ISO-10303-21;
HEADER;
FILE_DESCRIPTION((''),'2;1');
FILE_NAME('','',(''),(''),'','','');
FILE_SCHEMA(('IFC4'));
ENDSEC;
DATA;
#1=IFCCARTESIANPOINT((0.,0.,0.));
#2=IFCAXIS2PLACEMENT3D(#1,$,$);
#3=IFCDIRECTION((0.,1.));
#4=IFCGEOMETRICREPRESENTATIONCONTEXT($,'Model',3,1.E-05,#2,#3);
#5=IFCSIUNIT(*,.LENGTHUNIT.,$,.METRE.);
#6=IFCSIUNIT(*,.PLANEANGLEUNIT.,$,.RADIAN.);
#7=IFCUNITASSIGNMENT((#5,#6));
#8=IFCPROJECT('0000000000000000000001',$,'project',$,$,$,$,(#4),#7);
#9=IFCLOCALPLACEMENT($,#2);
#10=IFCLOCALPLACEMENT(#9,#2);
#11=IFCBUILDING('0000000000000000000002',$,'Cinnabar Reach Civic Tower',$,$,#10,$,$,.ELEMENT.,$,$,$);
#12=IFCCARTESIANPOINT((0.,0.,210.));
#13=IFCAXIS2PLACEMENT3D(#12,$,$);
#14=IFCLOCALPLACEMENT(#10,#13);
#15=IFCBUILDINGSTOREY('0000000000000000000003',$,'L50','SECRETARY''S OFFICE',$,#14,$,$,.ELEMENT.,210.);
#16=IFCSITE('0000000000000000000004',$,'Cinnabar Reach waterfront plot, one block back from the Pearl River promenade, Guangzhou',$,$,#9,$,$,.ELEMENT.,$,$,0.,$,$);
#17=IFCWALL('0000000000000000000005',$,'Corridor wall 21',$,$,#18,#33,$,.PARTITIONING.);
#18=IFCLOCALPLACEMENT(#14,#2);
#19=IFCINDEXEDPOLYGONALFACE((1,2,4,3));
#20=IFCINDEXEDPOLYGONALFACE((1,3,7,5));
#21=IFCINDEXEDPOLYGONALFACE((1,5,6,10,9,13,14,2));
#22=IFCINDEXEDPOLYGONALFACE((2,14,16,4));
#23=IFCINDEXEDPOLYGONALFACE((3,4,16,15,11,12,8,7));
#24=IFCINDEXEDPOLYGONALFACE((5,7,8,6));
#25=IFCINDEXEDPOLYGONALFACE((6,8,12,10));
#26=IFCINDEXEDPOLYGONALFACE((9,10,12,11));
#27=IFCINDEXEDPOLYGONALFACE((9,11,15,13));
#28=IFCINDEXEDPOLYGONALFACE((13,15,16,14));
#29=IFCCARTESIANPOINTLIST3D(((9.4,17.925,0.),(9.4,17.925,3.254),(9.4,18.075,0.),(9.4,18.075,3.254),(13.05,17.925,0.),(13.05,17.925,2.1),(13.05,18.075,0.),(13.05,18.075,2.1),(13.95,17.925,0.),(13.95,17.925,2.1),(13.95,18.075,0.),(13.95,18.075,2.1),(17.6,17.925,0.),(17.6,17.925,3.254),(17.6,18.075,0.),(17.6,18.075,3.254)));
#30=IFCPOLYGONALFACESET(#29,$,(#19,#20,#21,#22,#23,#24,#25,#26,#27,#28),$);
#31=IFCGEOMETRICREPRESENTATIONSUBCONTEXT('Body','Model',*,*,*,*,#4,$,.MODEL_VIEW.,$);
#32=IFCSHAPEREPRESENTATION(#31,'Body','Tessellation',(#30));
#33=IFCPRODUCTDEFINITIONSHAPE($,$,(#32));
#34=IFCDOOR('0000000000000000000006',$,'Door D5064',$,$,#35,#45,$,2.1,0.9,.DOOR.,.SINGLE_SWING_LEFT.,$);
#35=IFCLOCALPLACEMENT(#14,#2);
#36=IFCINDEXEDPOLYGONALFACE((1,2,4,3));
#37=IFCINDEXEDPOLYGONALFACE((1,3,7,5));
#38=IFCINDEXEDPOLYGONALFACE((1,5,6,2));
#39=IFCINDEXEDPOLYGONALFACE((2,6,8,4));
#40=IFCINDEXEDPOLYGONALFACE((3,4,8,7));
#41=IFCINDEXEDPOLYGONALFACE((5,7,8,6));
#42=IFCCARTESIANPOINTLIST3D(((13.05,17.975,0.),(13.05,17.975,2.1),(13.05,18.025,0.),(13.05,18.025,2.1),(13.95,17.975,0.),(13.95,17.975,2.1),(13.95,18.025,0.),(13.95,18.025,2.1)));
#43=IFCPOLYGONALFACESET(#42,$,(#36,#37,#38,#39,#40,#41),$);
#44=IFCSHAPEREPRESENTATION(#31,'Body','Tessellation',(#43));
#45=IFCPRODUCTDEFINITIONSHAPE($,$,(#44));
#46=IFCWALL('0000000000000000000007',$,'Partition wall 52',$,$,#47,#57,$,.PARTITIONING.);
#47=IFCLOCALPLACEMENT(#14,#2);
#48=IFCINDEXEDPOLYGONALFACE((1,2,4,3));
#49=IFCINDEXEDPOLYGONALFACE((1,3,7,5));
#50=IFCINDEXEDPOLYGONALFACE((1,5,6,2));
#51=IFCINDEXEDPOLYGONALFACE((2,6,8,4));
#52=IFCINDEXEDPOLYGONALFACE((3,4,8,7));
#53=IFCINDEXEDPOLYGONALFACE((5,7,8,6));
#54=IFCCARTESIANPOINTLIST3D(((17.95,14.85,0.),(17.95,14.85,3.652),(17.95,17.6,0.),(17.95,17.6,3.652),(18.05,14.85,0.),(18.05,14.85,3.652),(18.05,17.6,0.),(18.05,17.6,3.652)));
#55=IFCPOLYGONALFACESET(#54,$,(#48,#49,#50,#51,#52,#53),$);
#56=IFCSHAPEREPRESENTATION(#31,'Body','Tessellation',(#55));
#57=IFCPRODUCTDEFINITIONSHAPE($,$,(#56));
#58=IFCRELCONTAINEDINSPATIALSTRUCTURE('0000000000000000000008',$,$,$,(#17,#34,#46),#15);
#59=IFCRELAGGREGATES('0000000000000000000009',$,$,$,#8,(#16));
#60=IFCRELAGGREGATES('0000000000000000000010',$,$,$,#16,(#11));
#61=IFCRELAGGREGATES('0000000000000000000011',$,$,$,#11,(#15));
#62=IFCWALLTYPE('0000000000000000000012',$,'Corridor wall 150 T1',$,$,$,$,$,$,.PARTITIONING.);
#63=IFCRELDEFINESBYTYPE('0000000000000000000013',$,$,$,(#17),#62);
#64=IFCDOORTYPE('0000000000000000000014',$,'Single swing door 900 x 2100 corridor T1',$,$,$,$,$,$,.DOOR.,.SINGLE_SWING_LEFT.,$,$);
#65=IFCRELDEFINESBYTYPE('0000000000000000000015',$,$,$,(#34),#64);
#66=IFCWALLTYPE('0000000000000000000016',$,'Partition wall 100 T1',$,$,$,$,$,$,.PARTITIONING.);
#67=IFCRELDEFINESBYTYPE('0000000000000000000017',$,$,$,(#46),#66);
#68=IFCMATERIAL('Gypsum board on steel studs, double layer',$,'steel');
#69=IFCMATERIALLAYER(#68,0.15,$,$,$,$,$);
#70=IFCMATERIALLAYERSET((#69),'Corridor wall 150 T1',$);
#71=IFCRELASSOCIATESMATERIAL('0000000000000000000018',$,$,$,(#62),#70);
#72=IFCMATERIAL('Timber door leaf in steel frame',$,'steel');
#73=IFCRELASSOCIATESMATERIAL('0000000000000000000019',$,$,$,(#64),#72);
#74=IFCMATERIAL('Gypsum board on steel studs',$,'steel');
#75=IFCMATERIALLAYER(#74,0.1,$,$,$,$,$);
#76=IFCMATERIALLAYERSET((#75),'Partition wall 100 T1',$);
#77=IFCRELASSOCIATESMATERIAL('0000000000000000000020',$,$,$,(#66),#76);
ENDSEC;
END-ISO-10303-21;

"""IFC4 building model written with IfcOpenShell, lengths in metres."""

from ifc_helpers import new_model, si_unit, direction, frame, frame_2d, origin, place, context, subcontext, project, spatial, rectangle, extrude, material, layer, layer_set, type_object, element, fill, save


model = new_model("IFC4")

# Units and contexts
model_context = context("Model", 3, precision=1e-05, world=origin(), true_north=direction((0.0, 1.0)))
body_context = subcontext(model_context, "Body", "Model", "MODEL_VIEW")
ifc_project = project(units=[si_unit("LENGTHUNIT", "METRE"), si_unit("PLANEANGLEUNIT", "RADIAN")], contexts=[model_context])

# Site, building, storey
site_placement = place(None, origin())
site = spatial("IfcSite", under=ifc_project, at=site_placement, Name="Cinnabar Reach waterfront plot, one block back from the Pearl River promenade, Guangzhou", CompositionType="ELEMENT", RefElevation=0.0)
building_placement = place(site_placement, origin())
building = spatial("IfcBuilding", under=site, at=building_placement, Name="Cinnabar Reach Civic Tower", CompositionType="ELEMENT")
storey_placement = place(building_placement, frame((0.0, 0.0, 210.0)))
storey = spatial("IfcBuildingStorey", under=building, at=storey_placement, Name="L50", Description="SECRETARY'S OFFICE", CompositionType="ELEMENT", Elevation=210.0)

# Wall, opening, door
ifc_material_1 = material(Name="Gypsum board on steel studs, double layer", Category="steel")
ifc_layer_1 = layer(ifc_material_1, 0.15)
ifc_layer_set_1 = layer_set([ifc_layer_1], Name="Corridor wall 150 T1")
wall_type_1 = type_object("IfcWallType", Name="Corridor wall 150 T1", PredefinedType="PARTITIONING", material=ifc_layer_set_1)
wall_1_placement = place(storey_placement, frame((9.4, 18.0, 0.0), z_axis=(0.0, 0.0, 1.0), x_axis=(1.0, 0.0, 0.0)))
wall_1 = element("IfcWall", 1, at=wall_1_placement, inside=storey, type_object=wall_type_1, Name="Corridor wall 21", PredefinedType="PARTITIONING", context=body_context, shape_type="SweptSolid", body=[
    extrude(rectangle(XDim=8.2, YDim=0.15, at=frame_2d((4.1, 0.0))), origin(), (0.0, 0.0, 1.0), 3.254),
])
opening_1_placement = place(wall_1_placement, frame((3.65, 0.0, 0.0)))
opening_1 = element("IfcOpeningElement", 2, at=opening_1_placement, cuts=wall_1, PredefinedType="OPENING", context=body_context, shape_type="SweptSolid", body=[
    extrude(rectangle(XDim=0.9, YDim=2.1, at=frame_2d((0.45, 1.05))), frame((0.0, 0.085, 0.0), z_axis=(0.0, -1.0, 0.0), x_axis=(1.0, 0.0, 0.0)), (0.0, 0.0, 1.0), 0.17),
])
ifc_material_2 = material(Name="Timber door leaf in steel frame", Category="steel")
door_type = type_object("IfcDoorType", Name="Single swing door 900 x 2100 corridor T1", OperationType="SINGLE_SWING_LEFT", PredefinedType="DOOR", material=ifc_material_2)
door_placement = place(opening_1_placement, frame((0.9, 0.0, 0.0), z_axis=(0.0, 0.0, 1.0), x_axis=(-1.0, 0.0, 0.0)))
door = element("IfcDoor", 3, at=door_placement, inside=storey, type_object=door_type, Name="Door D5064", OperationType="SINGLE_SWING_LEFT", OverallHeight=2.1, OverallWidth=0.9, PredefinedType="DOOR", context=body_context, shape_type="SweptSolid", body=[
    extrude(rectangle(XDim=0.9, YDim=2.1, at=frame_2d((0.45, 1.05))), frame((0.0, 0.025, 0.0), z_axis=(0.0, -1.0, 0.0), x_axis=(1.0, 0.0, 0.0)), (0.0, 0.0, 1.0), 0.05),
])
fill(opening_1, door)

# Wall
ifc_material_3 = material(Name="Gypsum board on steel studs", Category="steel")
ifc_layer_2 = layer(ifc_material_3, 0.1)
ifc_layer_set_2 = layer_set([ifc_layer_2], Name="Partition wall 100 T1")
wall_type_2 = type_object("IfcWallType", Name="Partition wall 100 T1", PredefinedType="PARTITIONING", material=ifc_layer_set_2)
wall_2_placement = place(storey_placement, frame((18.0, 14.85, 0.0), z_axis=(0.0, 0.0, 1.0), x_axis=(0.0, 1.0, 0.0)))
element("IfcWall", 4, at=wall_2_placement, inside=storey, type_object=wall_type_2, Name="Partition wall 52", PredefinedType="PARTITIONING", context=body_context, shape_type="SweptSolid", body=[
    extrude(rectangle(XDim=2.75, YDim=0.1, at=frame_2d((1.375, 0.0))), origin(), (0.0, 0.0, 1.0), 3.652),
])

save(model, "model.ifc")
